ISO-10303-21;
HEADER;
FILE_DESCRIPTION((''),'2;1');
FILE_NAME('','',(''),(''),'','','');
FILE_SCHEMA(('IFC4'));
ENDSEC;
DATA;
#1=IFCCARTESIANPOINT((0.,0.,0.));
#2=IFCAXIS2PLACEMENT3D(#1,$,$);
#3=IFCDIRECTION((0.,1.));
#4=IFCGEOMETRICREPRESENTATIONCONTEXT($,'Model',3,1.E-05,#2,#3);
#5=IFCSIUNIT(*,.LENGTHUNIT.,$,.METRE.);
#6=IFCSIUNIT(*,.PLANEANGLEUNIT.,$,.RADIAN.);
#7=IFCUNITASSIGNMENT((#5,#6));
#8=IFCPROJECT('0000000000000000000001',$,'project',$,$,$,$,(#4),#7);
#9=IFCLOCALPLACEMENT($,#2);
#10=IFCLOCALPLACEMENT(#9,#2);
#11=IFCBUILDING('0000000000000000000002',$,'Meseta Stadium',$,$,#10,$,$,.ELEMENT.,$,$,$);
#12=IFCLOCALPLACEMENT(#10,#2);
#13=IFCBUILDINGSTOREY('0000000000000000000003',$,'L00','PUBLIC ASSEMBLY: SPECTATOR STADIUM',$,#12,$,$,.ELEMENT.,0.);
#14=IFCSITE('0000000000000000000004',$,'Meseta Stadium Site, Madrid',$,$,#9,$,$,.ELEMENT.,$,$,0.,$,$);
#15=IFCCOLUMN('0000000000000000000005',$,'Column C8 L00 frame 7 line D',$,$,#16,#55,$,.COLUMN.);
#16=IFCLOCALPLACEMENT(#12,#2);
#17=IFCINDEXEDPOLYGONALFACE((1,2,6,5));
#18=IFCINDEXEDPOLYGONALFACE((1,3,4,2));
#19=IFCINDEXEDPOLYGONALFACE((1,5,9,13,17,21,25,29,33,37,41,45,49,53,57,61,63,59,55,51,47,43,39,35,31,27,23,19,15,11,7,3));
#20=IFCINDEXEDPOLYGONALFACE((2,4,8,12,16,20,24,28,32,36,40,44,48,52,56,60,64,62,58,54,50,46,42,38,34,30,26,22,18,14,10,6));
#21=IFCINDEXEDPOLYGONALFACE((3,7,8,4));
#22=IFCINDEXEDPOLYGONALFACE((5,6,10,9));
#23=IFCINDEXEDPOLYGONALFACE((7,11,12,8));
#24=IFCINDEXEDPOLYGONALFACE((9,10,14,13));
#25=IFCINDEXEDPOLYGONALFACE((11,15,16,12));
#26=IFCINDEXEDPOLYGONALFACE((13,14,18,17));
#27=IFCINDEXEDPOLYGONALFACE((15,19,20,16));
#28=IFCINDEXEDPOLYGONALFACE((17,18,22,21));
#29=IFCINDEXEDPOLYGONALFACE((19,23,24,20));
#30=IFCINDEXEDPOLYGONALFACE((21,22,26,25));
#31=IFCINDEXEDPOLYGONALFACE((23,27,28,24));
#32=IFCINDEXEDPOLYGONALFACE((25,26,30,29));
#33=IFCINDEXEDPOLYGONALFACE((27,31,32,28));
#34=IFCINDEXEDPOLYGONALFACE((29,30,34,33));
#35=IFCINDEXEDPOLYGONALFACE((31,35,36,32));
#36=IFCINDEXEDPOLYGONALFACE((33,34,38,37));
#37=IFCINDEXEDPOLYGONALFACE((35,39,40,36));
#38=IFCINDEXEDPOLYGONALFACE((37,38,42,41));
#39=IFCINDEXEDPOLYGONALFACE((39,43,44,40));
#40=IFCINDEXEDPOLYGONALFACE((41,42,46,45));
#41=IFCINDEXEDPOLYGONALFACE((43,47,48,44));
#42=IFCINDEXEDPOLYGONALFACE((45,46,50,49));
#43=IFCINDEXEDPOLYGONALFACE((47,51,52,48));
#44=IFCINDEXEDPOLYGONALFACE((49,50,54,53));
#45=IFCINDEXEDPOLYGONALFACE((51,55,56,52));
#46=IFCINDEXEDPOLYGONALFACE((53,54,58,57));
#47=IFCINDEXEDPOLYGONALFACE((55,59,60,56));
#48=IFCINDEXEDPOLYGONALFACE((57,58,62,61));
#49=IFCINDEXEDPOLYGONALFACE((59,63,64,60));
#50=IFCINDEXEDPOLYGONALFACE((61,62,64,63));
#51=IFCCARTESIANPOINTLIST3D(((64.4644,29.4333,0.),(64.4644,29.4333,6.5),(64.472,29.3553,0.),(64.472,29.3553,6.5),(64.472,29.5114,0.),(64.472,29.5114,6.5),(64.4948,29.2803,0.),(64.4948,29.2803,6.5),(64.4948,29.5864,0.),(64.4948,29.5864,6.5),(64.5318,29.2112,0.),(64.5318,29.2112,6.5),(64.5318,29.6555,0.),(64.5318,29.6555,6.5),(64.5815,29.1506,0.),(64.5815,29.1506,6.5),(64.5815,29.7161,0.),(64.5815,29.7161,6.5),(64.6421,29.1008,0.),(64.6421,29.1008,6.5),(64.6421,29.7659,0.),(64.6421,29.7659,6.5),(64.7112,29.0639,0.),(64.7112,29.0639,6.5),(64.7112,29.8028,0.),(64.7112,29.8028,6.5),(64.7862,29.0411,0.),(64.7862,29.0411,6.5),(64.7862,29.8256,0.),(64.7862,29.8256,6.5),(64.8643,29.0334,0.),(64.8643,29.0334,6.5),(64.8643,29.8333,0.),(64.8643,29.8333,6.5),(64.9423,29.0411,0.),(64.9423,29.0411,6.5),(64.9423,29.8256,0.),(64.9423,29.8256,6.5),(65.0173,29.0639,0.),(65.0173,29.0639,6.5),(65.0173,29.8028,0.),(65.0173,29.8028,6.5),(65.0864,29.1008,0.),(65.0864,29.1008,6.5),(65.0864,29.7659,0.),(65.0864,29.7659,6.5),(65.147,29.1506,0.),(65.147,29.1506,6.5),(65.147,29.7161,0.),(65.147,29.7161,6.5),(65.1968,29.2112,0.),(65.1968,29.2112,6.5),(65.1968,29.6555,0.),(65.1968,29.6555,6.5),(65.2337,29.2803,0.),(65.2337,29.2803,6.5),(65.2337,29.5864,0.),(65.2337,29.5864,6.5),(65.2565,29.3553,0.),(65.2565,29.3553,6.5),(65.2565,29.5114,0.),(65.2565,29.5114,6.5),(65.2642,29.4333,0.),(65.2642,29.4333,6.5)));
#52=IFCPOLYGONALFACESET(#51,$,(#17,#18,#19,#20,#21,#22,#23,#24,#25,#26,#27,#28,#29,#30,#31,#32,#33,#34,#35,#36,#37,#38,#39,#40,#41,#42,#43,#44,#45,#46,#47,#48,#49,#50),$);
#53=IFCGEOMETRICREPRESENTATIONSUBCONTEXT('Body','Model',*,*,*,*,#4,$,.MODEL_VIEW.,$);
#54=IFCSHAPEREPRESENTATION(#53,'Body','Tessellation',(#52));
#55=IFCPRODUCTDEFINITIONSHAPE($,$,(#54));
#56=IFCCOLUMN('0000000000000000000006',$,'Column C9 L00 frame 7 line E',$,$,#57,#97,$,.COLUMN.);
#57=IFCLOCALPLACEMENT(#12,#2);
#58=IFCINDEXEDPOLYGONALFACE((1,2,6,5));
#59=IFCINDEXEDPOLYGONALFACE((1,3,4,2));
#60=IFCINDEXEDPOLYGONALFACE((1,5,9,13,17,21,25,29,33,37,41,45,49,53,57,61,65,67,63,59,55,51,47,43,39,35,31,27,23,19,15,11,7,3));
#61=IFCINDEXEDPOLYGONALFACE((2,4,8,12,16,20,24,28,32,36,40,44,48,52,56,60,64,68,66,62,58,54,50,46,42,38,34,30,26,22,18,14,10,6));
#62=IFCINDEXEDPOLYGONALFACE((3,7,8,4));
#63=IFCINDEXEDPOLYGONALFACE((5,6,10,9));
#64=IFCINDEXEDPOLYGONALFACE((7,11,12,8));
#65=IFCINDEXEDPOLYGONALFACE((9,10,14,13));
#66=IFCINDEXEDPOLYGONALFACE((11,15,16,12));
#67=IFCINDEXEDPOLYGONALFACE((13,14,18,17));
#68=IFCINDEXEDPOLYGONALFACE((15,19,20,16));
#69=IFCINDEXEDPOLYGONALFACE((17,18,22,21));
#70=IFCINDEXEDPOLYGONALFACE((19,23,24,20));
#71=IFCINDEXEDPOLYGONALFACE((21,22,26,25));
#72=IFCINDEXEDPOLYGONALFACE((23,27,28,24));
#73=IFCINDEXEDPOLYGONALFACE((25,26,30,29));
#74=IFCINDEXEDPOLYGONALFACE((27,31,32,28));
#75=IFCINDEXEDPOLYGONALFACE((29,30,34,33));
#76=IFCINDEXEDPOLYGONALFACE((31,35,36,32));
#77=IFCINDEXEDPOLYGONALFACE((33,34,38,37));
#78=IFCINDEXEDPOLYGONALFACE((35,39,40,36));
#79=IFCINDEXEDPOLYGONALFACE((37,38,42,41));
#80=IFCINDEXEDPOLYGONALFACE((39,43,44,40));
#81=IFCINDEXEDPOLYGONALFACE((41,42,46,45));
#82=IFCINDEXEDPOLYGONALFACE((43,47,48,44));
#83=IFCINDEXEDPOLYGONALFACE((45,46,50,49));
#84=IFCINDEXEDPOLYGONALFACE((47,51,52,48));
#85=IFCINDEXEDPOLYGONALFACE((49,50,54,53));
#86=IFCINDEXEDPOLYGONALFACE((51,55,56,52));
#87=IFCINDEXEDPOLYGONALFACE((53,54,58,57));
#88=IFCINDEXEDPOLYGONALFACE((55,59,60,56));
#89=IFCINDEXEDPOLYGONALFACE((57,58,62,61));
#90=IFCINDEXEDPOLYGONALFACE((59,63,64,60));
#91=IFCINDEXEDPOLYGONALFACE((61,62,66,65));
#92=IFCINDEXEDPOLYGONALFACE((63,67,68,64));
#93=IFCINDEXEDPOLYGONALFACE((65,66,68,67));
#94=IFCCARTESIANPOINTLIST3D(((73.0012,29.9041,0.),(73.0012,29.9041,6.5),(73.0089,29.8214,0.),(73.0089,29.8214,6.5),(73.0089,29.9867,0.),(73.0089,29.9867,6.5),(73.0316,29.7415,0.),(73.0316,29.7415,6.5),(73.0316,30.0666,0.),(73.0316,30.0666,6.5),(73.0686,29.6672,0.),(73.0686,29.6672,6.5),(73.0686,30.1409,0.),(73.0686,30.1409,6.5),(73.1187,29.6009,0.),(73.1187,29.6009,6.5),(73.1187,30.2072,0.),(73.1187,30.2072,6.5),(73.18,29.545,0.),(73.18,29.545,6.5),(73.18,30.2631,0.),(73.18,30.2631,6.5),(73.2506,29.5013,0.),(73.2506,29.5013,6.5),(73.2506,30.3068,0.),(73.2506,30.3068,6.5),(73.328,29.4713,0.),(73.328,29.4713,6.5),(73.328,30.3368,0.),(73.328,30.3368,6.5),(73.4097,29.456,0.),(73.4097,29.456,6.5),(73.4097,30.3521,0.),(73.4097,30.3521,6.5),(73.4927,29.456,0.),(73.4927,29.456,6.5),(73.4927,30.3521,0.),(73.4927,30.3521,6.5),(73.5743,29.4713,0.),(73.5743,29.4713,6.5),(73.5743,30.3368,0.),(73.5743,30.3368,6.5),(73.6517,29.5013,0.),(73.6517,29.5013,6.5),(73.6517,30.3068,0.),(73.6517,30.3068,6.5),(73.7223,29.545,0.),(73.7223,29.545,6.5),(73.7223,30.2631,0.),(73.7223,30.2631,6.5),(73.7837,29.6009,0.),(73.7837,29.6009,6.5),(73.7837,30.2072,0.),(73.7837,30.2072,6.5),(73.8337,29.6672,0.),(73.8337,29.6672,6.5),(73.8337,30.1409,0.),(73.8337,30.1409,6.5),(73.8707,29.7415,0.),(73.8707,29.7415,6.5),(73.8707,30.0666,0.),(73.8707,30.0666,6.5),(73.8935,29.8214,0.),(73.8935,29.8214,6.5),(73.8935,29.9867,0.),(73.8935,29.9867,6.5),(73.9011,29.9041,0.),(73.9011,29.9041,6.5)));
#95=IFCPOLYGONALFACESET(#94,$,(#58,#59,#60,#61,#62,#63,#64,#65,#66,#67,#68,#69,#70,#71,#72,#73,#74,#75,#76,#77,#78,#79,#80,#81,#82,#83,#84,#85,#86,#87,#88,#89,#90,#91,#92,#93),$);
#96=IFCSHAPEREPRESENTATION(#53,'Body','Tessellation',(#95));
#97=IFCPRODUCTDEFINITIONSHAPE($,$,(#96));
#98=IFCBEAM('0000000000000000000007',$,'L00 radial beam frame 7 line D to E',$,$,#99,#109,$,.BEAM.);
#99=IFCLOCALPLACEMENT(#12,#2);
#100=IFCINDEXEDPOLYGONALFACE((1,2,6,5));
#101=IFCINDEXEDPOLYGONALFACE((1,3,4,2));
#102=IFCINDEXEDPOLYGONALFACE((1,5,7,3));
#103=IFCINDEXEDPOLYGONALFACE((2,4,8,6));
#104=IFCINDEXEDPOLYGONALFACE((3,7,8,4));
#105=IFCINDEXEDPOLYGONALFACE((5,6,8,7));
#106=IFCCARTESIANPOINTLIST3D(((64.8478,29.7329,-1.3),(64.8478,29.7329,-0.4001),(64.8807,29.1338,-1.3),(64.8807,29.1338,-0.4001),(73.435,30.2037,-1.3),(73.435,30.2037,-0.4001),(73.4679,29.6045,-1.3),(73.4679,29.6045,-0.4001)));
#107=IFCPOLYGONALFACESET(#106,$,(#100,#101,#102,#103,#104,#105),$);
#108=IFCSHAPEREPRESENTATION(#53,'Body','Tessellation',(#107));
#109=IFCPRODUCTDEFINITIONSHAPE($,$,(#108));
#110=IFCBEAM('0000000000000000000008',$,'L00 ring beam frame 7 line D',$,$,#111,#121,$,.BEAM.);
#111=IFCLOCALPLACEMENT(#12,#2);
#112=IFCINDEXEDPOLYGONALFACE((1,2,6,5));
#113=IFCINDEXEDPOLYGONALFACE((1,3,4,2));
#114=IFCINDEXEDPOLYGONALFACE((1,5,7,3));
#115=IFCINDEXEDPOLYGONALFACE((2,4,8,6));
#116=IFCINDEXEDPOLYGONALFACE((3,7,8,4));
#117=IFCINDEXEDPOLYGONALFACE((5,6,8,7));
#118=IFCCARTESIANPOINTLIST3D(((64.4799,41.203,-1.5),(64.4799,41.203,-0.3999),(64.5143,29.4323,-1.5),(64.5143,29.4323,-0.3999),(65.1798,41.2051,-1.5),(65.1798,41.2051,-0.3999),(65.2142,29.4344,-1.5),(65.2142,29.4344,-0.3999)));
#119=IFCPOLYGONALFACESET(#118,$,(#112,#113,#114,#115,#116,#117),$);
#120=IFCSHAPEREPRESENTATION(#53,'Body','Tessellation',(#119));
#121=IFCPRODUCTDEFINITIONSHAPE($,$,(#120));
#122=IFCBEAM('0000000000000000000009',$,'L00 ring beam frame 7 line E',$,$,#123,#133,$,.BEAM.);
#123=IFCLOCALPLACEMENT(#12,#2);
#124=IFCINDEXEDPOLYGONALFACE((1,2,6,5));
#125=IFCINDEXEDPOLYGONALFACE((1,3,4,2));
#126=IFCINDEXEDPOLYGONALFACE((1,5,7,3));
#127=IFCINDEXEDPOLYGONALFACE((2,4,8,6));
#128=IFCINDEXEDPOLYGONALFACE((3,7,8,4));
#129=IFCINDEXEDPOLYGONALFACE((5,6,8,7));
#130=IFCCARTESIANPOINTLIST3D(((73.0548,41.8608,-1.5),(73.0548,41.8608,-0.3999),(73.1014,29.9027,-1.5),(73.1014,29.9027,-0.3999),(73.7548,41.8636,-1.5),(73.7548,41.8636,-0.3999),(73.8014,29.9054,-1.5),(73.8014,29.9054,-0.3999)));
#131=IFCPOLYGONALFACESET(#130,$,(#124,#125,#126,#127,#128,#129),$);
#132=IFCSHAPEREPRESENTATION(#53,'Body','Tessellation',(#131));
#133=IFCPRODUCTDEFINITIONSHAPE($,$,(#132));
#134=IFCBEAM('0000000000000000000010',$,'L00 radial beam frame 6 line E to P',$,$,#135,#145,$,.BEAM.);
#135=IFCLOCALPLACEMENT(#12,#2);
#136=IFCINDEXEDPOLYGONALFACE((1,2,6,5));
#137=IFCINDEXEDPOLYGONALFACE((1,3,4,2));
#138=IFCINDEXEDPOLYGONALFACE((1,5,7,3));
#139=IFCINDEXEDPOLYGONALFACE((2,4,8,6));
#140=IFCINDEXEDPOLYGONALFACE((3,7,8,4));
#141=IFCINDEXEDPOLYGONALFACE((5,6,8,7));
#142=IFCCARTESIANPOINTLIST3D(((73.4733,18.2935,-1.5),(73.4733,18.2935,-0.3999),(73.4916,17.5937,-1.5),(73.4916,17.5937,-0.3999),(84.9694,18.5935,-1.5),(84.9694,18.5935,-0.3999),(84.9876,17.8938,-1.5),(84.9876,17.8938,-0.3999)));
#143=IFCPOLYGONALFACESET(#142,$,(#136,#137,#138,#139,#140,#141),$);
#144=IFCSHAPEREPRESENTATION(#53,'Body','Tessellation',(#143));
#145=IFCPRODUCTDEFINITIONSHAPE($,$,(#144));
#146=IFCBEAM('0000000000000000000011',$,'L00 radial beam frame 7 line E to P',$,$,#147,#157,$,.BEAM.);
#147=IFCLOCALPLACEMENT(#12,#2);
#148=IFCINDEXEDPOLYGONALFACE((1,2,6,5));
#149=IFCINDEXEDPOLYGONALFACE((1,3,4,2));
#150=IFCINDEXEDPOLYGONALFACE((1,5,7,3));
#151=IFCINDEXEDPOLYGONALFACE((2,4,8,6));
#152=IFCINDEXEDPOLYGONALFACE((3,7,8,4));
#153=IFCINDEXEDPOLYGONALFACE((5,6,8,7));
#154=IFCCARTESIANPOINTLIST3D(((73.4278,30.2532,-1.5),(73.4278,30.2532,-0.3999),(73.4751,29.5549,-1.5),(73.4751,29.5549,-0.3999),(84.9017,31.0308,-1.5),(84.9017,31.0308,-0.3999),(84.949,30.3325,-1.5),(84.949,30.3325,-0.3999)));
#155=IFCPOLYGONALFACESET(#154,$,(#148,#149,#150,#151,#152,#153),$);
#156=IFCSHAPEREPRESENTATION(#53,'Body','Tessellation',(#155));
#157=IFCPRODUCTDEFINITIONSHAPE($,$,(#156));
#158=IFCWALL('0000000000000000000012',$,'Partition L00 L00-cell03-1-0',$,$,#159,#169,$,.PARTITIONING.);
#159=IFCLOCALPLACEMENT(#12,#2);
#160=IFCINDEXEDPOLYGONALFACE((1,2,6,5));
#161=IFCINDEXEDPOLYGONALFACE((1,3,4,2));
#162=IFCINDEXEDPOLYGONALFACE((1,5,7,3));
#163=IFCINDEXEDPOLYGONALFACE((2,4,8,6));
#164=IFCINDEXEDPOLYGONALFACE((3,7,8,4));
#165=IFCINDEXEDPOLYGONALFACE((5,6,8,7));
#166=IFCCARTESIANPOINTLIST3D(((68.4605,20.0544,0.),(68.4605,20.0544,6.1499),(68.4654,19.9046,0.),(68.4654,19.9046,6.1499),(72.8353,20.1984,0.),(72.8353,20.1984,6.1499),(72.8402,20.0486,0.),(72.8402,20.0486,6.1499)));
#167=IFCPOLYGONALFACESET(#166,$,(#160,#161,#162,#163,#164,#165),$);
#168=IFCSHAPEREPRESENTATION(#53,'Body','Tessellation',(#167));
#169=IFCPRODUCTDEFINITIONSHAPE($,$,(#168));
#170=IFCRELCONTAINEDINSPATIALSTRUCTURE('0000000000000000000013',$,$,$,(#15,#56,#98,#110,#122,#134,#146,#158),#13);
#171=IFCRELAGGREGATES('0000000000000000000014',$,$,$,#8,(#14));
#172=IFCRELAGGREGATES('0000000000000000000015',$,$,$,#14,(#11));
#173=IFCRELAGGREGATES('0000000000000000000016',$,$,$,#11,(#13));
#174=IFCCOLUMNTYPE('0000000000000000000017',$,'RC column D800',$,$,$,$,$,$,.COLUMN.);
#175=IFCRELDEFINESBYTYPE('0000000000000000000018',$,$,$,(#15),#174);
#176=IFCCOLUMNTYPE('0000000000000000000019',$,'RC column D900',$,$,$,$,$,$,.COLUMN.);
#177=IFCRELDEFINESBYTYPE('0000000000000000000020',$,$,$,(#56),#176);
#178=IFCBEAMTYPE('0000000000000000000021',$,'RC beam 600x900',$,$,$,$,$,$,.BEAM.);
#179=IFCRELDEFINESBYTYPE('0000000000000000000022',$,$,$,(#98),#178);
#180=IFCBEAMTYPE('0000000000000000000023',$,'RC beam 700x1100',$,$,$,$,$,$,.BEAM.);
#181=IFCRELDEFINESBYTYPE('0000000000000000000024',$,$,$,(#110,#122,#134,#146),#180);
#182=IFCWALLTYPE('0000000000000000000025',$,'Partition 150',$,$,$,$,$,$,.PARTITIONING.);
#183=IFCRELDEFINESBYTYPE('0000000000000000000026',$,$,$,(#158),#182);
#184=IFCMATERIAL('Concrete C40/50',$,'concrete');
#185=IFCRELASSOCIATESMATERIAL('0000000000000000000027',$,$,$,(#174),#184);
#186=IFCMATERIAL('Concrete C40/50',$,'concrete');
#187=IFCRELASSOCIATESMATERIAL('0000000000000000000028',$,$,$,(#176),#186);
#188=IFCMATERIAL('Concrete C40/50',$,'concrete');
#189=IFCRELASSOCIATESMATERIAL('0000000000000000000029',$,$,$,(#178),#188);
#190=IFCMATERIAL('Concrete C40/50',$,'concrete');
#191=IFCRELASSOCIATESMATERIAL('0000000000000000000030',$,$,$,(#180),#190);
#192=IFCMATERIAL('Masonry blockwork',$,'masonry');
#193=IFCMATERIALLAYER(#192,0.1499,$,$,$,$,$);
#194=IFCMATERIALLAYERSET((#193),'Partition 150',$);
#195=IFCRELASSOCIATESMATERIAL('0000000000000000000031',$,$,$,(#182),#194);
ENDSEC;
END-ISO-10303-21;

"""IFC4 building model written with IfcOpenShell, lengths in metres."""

from ifc_helpers import new_model, si_unit, direction, frame, frame_2d, origin, origin_2d, place, context, subcontext, project, spatial, rectangle, circle, extrude, material, layer, layer_set, material_profile, profile_set, type_object, element, save


model = new_model("IFC4")

# Units and contexts
model_context = context("Model", 3, precision=1e-05, world=origin(), true_north=direction((0.0, 1.0)))
body_context = subcontext(model_context, "Body", "Model", "MODEL_VIEW")
ifc_project = project(units=[si_unit("LENGTHUNIT", "METRE"), si_unit("PLANEANGLEUNIT", "RADIAN")], contexts=[model_context])

# Site, building, storey
site_placement = place(None, origin())
site = spatial("IfcSite", under=ifc_project, at=site_placement, Name="Meseta Stadium Site, Madrid", CompositionType="ELEMENT", RefElevation=0.0)
building_placement = place(site_placement, origin())
building = spatial("IfcBuilding", under=site, at=building_placement, Name="Meseta Stadium", CompositionType="ELEMENT")
storey_placement = place(building_placement, origin())
storey = spatial("IfcBuildingStorey", under=building, at=storey_placement, Name="L00", Description="PUBLIC ASSEMBLY: SPECTATOR STADIUM", CompositionType="ELEMENT", Elevation=0.0)

# Columns
ifc_material_1 = material(Name="Concrete C40/50", Category="concrete")
ifc_material_profile_1 = material_profile(ifc_material_1, circle(Radius=0.3999, at=origin_2d()), Name="RC D800")
ifc_profile_set_1 = profile_set([ifc_material_profile_1], Name="Concrete C40/50")
column_type_1 = type_object("IfcColumnType", Name="RC column D800", PredefinedType="COLUMN", material=ifc_profile_set_1)
column_1_placement = place(storey_placement, frame((64.8643, 29.4333, 0.0), z_axis=(0.0, 0.0, 1.0), x_axis=(1.0, 0.0, 0.0)))
element("IfcColumn", 1, at=column_1_placement, inside=storey, type_object=column_type_1, Name="Column C8 L00 frame 7 line D", PredefinedType="COLUMN", context=body_context, shape_type="SweptSolid", body=[
    extrude(circle(Radius=0.3999, at=origin_2d()), origin(), (0.0, 0.0, 1.0), 6.5),
])
ifc_material_2 = material(Name="Concrete C40/50", Category="concrete")
ifc_material_profile_2 = material_profile(ifc_material_2, circle(Radius=0.45, at=origin_2d()), Name="RC D900")
ifc_profile_set_2 = profile_set([ifc_material_profile_2], Name="Concrete C40/50")
column_type_2 = type_object("IfcColumnType", Name="RC column D900", PredefinedType="COLUMN", material=ifc_profile_set_2)
column_2_placement = place(storey_placement, frame((73.4512, 29.9041, 0.0), z_axis=(0.0, 0.0, 1.0), x_axis=(1.0, 0.0, 0.0)))
element("IfcColumn", 2, at=column_2_placement, inside=storey, type_object=column_type_2, Name="Column C9 L00 frame 7 line E", PredefinedType="COLUMN", context=body_context, shape_type="SweptSolid", body=[
    extrude(circle(Radius=0.45, at=origin_2d()), origin(), (0.0, 0.0, 1.0), 6.5),
])

# Beams
ifc_material_3 = material(Name="Concrete C40/50", Category="concrete")
ifc_material_profile_3 = material_profile(ifc_material_3, rectangle(XDim=0.6001, YDim=0.8999, at=origin_2d()), Name="RC 600x900")
ifc_profile_set_3 = profile_set([ifc_material_profile_3], Name="Concrete C40/50")
beam_type_1 = type_object("IfcBeamType", Name="RC beam 600x900", PredefinedType="BEAM", material=ifc_profile_set_3)
beam_1_placement = place(storey_placement, frame((64.8643, 29.4333, -0.8501), z_axis=(0.998501, 0.054733, 0.0), x_axis=(-0.054733, 0.998501, 0.0)))
element("IfcBeam", 3, at=beam_1_placement, inside=storey, type_object=beam_type_1, Name="L00 radial beam frame 7 line D to E", PredefinedType="BEAM", context=body_context, shape_type="SweptSolid", body=[
    extrude(rectangle(XDim=0.6001, YDim=0.8999, at=origin_2d()), origin(), (0.0, 0.0, 1.0), 8.6001),
])
ifc_material_4 = material(Name="Concrete C40/50", Category="concrete")
ifc_material_profile_4 = material_profile(ifc_material_4, rectangle(XDim=0.7, YDim=1.1001, at=origin_2d()), Name="RC 700x1100")
ifc_profile_set_4 = profile_set([ifc_material_profile_4], Name="Concrete C40/50")
beam_type_2 = type_object("IfcBeamType", Name="RC beam 700x1100", PredefinedType="BEAM", material=ifc_profile_set_4)
beam_2_placement = place(storey_placement, frame((64.8643, 29.4333, -0.95), z_axis=(-0.002925, 0.999996, 0.0), x_axis=(-0.999996, -0.002925, 0.0)))
element("IfcBeam", 4, at=beam_2_placement, inside=storey, type_object=beam_type_2, Name="L00 ring beam frame 7 line D", PredefinedType="BEAM", context=body_context, shape_type="SweptSolid", body=[
    extrude(rectangle(XDim=0.7, YDim=1.1001, at=origin_2d()), origin(), (0.0, 0.0, 1.0), 11.7708),
])
beam_3_placement = place(storey_placement, frame((73.4514, 29.9041, -0.95), z_axis=(-0.003899, 0.999992, 0.0), x_axis=(-0.999992, -0.003899, 0.0)))
element("IfcBeam", 5, at=beam_3_placement, inside=storey, type_object=beam_type_2, Name="L00 ring beam frame 7 line E", PredefinedType="BEAM", context=body_context, shape_type="SweptSolid", body=[
    extrude(rectangle(XDim=0.7, YDim=1.1001, at=origin_2d()), origin(), (0.0, 0.0, 1.0), 11.9583),
])
beam_4_placement = place(storey_placement, frame((73.4824, 17.9436, -0.95), z_axis=(0.99966, 0.026091, 0.0), x_axis=(-0.026091, 0.99966, 0.0)))
element("IfcBeam", 6, at=beam_4_placement, inside=storey, type_object=beam_type_2, Name="L00 radial beam frame 6 line E to P", PredefinedType="BEAM", context=body_context, shape_type="SweptSolid", body=[
    extrude(rectangle(XDim=0.7, YDim=1.1001, at=origin_2d()), origin(), (0.0, 0.0, 1.0), 11.5),
])
beam_5_placement = place(storey_placement, frame((73.4514, 29.9041, -0.95), z_axis=(0.997711, 0.067615, 0.0), x_axis=(-0.067615, 0.997711, 0.0)))
element("IfcBeam", 7, at=beam_5_placement, inside=storey, type_object=beam_type_2, Name="L00 radial beam frame 7 line E to P", PredefinedType="BEAM", context=body_context, shape_type="SweptSolid", body=[
    extrude(rectangle(XDim=0.7, YDim=1.1001, at=origin_2d()), origin(), (0.0, 0.0, 1.0), 11.5002),
])

# Wall
ifc_material_5 = material(Name="Masonry blockwork", Category="masonry")
ifc_layer = layer(ifc_material_5, 0.1499)
ifc_layer_set = layer_set([ifc_layer], Name="Partition 150")
wall_type = type_object("IfcWallType", Name="Partition 150", PredefinedType="PARTITIONING", material=ifc_layer_set)
wall_1_placement = place(storey_placement, frame((72.8376, 20.1235, 0.0), z_axis=(0.0, 0.0, 1.0), x_axis=(-0.999458, -0.032908, 0.0)))
element("IfcWall", 8, at=wall_1_placement, inside=storey, type_object=wall_type, Name="Partition L00 L00-cell03-1-0", PredefinedType="PARTITIONING", context=body_context, shape_type="SweptSolid", body=[
    extrude(rectangle(XDim=4.3772, YDim=0.1499, at=frame_2d((2.1885, 0.0))), origin(), (0.0, 0.0, 1.0), 6.1499),
])

save(model, "model.ifc")
